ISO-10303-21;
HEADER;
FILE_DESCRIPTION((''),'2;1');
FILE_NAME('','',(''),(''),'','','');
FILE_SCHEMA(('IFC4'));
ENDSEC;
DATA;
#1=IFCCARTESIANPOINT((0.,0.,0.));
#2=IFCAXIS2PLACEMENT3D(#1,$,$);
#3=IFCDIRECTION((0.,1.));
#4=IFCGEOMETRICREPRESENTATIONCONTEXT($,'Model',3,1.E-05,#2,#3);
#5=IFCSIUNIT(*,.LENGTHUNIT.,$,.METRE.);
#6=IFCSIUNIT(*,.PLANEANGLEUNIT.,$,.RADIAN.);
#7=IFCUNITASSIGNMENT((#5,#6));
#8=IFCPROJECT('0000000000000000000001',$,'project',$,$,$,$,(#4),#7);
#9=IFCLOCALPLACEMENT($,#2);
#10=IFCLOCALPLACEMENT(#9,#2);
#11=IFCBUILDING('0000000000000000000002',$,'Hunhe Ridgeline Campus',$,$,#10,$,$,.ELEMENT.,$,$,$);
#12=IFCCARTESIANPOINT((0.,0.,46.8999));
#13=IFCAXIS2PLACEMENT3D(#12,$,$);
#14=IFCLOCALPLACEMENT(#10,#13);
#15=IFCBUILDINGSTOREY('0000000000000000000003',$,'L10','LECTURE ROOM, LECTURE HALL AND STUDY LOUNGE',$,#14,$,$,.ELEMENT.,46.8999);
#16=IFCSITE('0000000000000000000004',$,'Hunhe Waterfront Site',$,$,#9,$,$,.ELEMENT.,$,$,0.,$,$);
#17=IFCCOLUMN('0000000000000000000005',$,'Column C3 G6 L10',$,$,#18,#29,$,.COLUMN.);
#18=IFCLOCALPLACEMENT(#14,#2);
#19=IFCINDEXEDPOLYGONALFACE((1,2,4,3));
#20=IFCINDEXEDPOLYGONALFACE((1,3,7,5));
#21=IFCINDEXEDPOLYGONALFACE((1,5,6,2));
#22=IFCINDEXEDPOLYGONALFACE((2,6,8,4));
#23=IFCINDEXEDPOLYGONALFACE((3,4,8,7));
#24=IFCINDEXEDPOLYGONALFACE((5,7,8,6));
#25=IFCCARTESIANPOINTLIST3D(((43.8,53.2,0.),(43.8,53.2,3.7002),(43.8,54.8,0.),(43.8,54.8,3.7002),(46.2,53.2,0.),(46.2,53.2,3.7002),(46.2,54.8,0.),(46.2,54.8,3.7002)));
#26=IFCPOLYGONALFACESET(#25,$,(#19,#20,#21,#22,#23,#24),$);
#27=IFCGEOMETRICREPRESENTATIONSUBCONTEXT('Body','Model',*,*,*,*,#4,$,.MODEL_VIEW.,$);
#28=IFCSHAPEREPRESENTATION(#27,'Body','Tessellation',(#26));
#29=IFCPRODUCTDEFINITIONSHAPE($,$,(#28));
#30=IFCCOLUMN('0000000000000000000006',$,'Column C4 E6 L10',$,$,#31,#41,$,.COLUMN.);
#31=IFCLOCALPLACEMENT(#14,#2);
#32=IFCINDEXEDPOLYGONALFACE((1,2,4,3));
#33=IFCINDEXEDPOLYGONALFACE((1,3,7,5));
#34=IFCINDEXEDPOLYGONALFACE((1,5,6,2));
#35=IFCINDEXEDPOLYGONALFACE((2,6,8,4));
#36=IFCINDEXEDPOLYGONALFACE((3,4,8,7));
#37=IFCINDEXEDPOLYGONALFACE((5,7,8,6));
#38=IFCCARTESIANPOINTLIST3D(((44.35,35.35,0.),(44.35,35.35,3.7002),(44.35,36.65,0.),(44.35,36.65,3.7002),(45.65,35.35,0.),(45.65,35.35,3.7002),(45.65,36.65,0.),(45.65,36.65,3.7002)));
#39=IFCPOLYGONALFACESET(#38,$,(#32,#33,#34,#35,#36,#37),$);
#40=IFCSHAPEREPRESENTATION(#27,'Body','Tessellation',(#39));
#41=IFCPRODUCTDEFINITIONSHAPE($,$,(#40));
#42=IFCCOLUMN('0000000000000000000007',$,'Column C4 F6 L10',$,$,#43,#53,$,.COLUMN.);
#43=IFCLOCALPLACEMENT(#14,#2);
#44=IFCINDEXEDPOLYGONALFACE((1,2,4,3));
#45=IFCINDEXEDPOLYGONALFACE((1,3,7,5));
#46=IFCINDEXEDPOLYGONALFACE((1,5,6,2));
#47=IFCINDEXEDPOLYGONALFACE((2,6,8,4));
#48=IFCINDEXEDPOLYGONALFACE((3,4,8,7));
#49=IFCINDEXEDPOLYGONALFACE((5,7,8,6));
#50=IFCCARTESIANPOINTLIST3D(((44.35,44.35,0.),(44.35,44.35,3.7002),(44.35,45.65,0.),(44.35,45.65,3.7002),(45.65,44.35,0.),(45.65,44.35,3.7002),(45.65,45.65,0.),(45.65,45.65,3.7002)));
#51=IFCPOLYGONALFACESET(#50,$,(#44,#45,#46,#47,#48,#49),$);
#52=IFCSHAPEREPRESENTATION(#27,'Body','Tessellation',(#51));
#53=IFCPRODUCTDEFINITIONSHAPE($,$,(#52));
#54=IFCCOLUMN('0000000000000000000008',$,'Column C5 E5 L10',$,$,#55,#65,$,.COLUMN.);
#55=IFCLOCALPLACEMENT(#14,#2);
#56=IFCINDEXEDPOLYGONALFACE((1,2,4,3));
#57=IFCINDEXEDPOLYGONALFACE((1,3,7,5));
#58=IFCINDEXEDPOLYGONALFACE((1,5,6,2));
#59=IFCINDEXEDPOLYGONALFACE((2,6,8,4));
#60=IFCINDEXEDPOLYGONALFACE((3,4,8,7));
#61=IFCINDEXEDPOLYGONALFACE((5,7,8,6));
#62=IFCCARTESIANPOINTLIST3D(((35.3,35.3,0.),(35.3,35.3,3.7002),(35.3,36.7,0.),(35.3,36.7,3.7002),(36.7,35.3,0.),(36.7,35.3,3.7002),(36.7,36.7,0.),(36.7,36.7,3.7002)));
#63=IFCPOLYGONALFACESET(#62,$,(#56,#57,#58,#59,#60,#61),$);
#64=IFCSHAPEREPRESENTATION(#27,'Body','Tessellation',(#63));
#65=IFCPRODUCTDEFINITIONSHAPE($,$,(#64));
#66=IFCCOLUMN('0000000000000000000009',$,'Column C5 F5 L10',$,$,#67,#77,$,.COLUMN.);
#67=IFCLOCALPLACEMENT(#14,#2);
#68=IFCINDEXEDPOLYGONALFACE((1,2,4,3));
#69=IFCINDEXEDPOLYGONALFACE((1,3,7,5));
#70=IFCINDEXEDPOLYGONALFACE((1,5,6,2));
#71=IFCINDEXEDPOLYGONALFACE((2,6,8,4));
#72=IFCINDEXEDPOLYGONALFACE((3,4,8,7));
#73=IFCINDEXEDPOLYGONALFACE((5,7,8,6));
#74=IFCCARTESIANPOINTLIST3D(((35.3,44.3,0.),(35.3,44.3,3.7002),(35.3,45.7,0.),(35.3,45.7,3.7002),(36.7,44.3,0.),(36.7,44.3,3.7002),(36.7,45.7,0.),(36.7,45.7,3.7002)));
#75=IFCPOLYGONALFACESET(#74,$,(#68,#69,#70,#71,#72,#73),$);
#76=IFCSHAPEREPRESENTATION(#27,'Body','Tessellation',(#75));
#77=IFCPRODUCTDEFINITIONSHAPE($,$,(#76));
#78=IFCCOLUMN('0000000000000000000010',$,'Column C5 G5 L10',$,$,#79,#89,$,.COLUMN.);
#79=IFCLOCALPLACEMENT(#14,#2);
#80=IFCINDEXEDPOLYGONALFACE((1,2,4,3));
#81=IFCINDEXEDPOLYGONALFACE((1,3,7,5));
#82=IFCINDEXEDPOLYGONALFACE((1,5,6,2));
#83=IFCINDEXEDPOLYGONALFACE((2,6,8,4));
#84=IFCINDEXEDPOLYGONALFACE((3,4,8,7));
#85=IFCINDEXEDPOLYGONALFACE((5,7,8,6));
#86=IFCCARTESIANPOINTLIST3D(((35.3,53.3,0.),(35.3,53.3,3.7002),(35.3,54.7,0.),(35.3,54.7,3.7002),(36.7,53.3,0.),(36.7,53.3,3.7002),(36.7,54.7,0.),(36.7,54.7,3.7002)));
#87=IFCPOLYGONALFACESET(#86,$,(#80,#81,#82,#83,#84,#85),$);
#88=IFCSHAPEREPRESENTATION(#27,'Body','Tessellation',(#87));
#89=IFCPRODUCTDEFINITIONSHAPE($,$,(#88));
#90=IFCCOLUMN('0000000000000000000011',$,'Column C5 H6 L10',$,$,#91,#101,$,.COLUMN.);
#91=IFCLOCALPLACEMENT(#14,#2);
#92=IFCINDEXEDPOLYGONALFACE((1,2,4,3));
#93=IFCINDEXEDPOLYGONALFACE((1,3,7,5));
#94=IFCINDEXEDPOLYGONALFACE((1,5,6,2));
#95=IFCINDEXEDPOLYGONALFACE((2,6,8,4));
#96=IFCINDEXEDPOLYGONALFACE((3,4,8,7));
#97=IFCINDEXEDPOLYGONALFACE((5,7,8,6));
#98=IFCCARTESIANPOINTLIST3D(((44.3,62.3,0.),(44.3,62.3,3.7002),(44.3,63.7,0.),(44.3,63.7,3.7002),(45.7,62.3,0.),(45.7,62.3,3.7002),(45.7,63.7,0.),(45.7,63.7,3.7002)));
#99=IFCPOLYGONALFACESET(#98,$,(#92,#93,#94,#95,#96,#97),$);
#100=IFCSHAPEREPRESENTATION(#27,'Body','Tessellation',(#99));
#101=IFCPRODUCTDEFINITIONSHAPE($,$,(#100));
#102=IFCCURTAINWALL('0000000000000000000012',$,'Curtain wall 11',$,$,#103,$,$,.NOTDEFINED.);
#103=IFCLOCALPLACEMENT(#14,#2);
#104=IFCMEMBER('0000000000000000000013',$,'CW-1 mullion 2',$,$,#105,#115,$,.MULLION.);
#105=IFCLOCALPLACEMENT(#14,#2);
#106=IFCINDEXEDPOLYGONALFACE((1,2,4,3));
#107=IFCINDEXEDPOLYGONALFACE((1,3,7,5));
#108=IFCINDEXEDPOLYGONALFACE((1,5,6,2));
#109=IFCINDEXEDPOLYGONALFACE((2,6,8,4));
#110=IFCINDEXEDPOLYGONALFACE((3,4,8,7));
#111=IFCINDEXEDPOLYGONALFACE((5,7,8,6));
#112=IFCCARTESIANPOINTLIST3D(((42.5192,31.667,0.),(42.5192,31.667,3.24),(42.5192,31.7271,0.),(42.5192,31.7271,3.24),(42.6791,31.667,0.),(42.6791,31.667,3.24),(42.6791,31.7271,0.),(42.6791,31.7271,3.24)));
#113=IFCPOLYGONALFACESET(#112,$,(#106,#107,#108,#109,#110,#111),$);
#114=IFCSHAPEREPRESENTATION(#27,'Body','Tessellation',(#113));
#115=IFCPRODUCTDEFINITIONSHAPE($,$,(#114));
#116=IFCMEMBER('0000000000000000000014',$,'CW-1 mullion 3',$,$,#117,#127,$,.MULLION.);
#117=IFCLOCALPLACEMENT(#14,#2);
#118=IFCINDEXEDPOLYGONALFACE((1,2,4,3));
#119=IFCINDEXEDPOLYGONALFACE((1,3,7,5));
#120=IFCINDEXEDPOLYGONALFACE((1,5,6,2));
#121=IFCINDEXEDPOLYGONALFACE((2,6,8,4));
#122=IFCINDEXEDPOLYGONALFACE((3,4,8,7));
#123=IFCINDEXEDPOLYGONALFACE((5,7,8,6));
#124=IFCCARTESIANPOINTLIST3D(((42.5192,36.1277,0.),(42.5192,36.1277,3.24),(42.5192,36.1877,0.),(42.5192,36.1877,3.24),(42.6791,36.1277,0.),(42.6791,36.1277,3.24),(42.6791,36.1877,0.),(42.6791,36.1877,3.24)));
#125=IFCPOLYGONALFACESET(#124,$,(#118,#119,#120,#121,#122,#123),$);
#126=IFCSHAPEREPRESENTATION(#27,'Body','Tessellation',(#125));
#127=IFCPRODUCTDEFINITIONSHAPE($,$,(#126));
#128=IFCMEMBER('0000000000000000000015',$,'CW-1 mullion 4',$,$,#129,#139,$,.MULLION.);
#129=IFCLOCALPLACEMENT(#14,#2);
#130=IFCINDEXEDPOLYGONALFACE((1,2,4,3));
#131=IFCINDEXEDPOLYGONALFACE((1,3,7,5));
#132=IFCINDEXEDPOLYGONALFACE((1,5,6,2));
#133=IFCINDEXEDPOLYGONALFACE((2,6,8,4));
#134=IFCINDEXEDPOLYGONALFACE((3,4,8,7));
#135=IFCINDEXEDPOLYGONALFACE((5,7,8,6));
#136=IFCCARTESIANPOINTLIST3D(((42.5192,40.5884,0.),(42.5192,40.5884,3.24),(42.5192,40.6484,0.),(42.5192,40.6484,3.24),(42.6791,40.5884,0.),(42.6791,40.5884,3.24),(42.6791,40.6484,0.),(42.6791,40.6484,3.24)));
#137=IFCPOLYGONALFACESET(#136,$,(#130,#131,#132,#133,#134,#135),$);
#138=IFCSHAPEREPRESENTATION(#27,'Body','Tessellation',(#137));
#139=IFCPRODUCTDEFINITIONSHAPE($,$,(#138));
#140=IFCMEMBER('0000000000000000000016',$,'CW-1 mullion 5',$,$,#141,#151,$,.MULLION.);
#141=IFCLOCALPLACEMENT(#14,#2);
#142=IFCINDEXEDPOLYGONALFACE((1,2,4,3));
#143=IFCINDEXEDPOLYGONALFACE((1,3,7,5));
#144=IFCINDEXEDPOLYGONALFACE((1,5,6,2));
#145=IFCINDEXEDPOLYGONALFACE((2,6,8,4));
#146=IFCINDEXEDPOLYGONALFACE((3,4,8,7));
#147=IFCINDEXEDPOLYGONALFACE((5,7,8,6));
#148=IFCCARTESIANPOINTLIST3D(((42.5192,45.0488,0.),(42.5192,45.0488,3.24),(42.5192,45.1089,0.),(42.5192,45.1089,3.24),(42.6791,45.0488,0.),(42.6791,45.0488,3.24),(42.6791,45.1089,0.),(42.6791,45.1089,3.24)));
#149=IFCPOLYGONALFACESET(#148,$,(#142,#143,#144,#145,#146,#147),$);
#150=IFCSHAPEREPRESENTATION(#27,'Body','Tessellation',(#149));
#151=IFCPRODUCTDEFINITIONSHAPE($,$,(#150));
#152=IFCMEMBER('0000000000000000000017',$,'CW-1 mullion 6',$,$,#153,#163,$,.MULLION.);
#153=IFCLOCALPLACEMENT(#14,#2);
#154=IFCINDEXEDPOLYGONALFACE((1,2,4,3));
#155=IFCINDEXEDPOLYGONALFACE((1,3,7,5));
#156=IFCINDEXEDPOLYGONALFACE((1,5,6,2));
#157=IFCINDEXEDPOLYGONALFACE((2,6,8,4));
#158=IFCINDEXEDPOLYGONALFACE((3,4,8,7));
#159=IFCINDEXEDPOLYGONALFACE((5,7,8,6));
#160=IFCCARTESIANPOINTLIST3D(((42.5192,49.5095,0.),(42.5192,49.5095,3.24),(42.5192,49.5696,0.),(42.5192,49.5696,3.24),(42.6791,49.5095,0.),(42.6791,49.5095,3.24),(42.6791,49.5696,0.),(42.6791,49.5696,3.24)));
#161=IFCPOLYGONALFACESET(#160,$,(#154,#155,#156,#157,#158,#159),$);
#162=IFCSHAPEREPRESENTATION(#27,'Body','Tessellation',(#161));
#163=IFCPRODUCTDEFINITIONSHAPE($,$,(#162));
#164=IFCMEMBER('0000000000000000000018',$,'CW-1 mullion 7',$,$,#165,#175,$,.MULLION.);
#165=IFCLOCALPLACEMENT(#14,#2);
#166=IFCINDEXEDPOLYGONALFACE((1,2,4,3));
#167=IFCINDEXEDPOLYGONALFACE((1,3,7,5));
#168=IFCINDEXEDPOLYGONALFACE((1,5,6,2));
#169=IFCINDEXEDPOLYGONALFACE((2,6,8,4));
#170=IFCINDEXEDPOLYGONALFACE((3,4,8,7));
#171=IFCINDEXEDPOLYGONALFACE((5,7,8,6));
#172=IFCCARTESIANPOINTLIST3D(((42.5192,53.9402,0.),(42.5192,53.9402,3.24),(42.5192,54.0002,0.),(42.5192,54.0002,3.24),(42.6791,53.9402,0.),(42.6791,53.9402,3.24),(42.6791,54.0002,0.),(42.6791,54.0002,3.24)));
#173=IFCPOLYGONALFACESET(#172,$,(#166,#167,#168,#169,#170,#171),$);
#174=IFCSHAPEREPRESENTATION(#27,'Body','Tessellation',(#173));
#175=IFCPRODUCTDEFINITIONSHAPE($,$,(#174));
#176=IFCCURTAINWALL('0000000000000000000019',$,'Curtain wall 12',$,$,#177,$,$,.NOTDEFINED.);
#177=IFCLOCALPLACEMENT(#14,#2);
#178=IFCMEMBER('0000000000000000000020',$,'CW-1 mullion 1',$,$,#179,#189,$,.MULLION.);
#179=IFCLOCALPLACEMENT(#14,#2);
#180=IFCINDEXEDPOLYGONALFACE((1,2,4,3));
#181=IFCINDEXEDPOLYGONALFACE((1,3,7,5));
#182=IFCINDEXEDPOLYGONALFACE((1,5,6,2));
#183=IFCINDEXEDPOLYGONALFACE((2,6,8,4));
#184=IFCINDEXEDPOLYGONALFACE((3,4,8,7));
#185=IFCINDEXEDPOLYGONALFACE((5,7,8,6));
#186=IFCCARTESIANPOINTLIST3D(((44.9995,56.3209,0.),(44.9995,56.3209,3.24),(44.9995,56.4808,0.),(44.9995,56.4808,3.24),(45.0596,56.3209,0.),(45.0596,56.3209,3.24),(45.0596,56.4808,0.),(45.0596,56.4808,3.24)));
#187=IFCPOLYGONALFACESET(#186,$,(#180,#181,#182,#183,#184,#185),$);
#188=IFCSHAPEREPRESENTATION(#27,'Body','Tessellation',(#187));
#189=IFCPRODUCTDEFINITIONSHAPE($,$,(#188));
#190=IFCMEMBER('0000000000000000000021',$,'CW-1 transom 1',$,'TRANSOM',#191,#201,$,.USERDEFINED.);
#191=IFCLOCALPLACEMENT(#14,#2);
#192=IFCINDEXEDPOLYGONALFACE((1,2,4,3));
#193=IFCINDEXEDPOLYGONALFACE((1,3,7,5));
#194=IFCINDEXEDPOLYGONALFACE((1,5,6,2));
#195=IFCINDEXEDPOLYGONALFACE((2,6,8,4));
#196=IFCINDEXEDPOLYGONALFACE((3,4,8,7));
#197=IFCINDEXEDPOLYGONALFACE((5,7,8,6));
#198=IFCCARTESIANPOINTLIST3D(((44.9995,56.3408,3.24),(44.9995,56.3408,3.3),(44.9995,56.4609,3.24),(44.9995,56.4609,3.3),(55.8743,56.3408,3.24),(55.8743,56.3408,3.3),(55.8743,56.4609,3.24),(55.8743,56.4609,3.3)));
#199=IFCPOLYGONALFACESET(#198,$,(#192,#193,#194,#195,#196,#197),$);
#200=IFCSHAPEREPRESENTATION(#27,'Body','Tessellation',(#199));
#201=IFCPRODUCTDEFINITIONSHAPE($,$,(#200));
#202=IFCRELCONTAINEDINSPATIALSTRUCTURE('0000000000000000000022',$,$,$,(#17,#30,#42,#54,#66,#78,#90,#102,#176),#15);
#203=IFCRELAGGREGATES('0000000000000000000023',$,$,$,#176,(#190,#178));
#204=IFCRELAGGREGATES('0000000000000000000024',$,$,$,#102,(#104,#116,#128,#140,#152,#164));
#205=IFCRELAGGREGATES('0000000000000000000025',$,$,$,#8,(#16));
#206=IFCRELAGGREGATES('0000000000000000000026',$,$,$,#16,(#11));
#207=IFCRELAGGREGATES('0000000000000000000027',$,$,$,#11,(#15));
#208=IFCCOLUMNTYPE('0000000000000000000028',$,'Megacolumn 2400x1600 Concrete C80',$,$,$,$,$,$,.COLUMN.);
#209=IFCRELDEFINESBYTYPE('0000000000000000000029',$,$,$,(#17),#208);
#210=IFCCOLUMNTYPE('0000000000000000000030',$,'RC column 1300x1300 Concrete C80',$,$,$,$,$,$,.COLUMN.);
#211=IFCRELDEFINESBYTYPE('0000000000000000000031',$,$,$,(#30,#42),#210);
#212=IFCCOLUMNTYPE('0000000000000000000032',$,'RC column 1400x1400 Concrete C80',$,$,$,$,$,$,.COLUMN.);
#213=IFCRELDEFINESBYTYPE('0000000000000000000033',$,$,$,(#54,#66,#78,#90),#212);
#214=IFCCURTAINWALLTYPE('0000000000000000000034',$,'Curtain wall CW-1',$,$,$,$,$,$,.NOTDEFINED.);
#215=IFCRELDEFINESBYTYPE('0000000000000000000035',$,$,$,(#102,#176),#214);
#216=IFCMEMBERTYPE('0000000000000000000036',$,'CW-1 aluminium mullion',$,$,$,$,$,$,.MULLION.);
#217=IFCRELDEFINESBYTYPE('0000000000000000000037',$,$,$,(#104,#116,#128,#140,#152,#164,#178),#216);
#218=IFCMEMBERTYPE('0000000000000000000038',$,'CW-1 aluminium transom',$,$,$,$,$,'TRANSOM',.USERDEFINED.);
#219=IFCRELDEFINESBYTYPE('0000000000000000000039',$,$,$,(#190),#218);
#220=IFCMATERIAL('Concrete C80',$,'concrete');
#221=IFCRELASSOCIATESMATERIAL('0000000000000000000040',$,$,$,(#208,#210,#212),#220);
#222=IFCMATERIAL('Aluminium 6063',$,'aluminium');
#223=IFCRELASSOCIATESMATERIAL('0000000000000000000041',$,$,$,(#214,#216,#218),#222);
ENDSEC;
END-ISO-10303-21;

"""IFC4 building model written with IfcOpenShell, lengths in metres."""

from ifc_helpers import new_model, si_unit, direction, frame, origin, origin_2d, place, context, subcontext, project, spatial, rectangle, extrude, material, material_profile, profile_set, type_object, element, aggregate, save


model = new_model("IFC4")

# Units and contexts
model_context = context("Model", 3, precision=1e-05, world=origin(), true_north=direction((0.0, 1.0)))
body_context = subcontext(model_context, "Body", "Model", "MODEL_VIEW")
ifc_project = project(units=[si_unit("LENGTHUNIT", "METRE"), si_unit("PLANEANGLEUNIT", "RADIAN")], contexts=[model_context])

# Site, building, storey
site_placement = place(None, origin())
site = spatial("IfcSite", under=ifc_project, at=site_placement, Name="Hunhe Waterfront Site", CompositionType="ELEMENT", RefElevation=0.0)
building_placement = place(site_placement, origin())
building = spatial("IfcBuilding", under=site, at=building_placement, Name="Hunhe Ridgeline Campus", CompositionType="ELEMENT")
storey_placement = place(building_placement, frame((0.0, 0.0, 46.8999)))
storey = spatial("IfcBuildingStorey", under=building, at=storey_placement, Name="L10", Description="LECTURE ROOM, LECTURE HALL AND STUDY LOUNGE", CompositionType="ELEMENT", Elevation=46.8999)

# Columns
ifc_material_1 = material(Name="Concrete C80", Category="concrete")
ifc_material_profile_1 = material_profile(ifc_material_1, rectangle(XDim=2.3999, YDim=1.6001, at=origin_2d()))
ifc_profile_set_1 = profile_set([ifc_material_profile_1], Name="Concrete C80")
column_type_1 = type_object("IfcColumnType", Name="Megacolumn 2400x1600 Concrete C80", PredefinedType="COLUMN", material=ifc_profile_set_1)
column_placement = place(storey_placement, frame((45.0, 54.0, 0.0), z_axis=(0.0, 0.0, 1.0), x_axis=(1.0, 0.0, 0.0)))
element("IfcColumn", 1, at=column_placement, inside=storey, type_object=column_type_1, Name="Column C3 G6 L10", PredefinedType="COLUMN", context=body_context, shape_type="SweptSolid", body=[
    extrude(rectangle(XDim=2.3999, YDim=1.6001, at=origin_2d()), origin(), (0.0, 0.0, 1.0), 3.7002),
])
ifc_material_profile_2 = material_profile(ifc_material_1, rectangle(XDim=1.3, YDim=1.3, at=origin_2d()))
ifc_profile_set_2 = profile_set([ifc_material_profile_2], Name="Concrete C80")
column_type_2 = type_object("IfcColumnType", Name="RC column 1300x1300 Concrete C80", PredefinedType="COLUMN", material=ifc_profile_set_2)
for number, where, z_axis, x_axis, name in (
    (2, (45.0, 36.0, 0.0), (0.0, 0.0, 1.0), (1.0, 0.0, 0.0), "Column C4 E6 L10"),
    (3, (45.0, 45.0, 0.0), (0.0, 0.0, 1.0), (1.0, 0.0, 0.0), "Column C4 F6 L10"),
):
    element("IfcColumn", number, at=place(storey_placement, frame(where, z_axis=z_axis, x_axis=x_axis)), inside=storey, type_object=column_type_2, Name=name, PredefinedType="COLUMN", context=body_context, shape_type="SweptSolid", body=[
        extrude(rectangle(XDim=1.3, YDim=1.3, at=origin_2d()), origin(), (0.0, 0.0, 1.0), 3.7002),
    ])
ifc_material_profile_3 = material_profile(ifc_material_1, rectangle(XDim=1.3999, YDim=1.3999, at=origin_2d()))
ifc_profile_set_3 = profile_set([ifc_material_profile_3], Name="Concrete C80")
column_type_3 = type_object("IfcColumnType", Name="RC column 1400x1400 Concrete C80", PredefinedType="COLUMN", material=ifc_profile_set_3)
for number, where, z_axis, x_axis, name in (
    (4, (36.0, 36.0, 0.0), (0.0, 0.0, 1.0), (1.0, 0.0, 0.0), "Column C5 E5 L10"),
    (5, (36.0, 45.0, 0.0), (0.0, 0.0, 1.0), (1.0, 0.0, 0.0), "Column C5 F5 L10"),
    (6, (36.0, 54.0, 0.0), (0.0, 0.0, 1.0), (1.0, 0.0, 0.0), "Column C5 G5 L10"),
    (7, (45.0, 63.0, 0.0), (0.0, 0.0, 1.0), (1.0, 0.0, 0.0), "Column C5 H6 L10"),
):
    element("IfcColumn", number, at=place(storey_placement, frame(where, z_axis=z_axis, x_axis=x_axis)), inside=storey, type_object=column_type_3, Name=name, PredefinedType="COLUMN", context=body_context, shape_type="SweptSolid", body=[
        extrude(rectangle(XDim=1.3999, YDim=1.3999, at=origin_2d()), origin(), (0.0, 0.0, 1.0), 3.7002),
    ])

# Curtain walls, members
ifc_material_2 = material(Name="Aluminium 6063", Category="aluminium")
curtain_wall_type = type_object("IfcCurtainWallType", Name="Curtain wall CW-1", PredefinedType="NOTDEFINED", material=ifc_material_2)
curtain_wall_1_placement = place(storey_placement, origin())
curtain_wall_1 = element("IfcCurtainWall", 8, at=curtain_wall_1_placement, inside=storey, type_object=curtain_wall_type, Name="Curtain wall 11", PredefinedType="NOTDEFINED")
ifc_material_profile_4 = material_profile(ifc_material_2, rectangle(XDim=0.1599, YDim=0.0601, at=origin_2d()))
ifc_profile_set_4 = profile_set([ifc_material_profile_4], Name="Aluminium 6063")
member_type_1 = type_object("IfcMemberType", Name="CW-1 aluminium mullion", PredefinedType="MULLION", material=ifc_profile_set_4)
member_1_placement = place(storey_placement, frame((42.5991, 31.697, 0.0), z_axis=(0.0, 0.0, 1.0), x_axis=(-1.0, 0.0, 0.0)))
member_1 = element("IfcMember", 9, at=member_1_placement, type_object=member_type_1, Name="CW-1 mullion 2", PredefinedType="MULLION", context=body_context, shape_type="SweptSolid", body=[
    extrude(rectangle(XDim=0.1599, YDim=0.0601, at=origin_2d()), origin(), (0.0, 0.0, 1.0), 3.24),
])
member_2_placement = place(storey_placement, frame((42.5991, 36.1577, 0.0), z_axis=(0.0, 0.0, 1.0), x_axis=(-1.0, 0.0, 0.0)))
member_2 = element("IfcMember", 10, at=member_2_placement, type_object=member_type_1, Name="CW-1 mullion 3", PredefinedType="MULLION", context=body_context, shape_type="SweptSolid", body=[
    extrude(rectangle(XDim=0.1599, YDim=0.0601, at=origin_2d()), origin(), (0.0, 0.0, 1.0), 3.24),
])
member_3_placement = place(storey_placement, frame((42.5991, 40.6184, 0.0), z_axis=(0.0, 0.0, 1.0), x_axis=(-1.0, 0.0, 0.0)))
member_3 = element("IfcMember", 11, at=member_3_placement, type_object=member_type_1, Name="CW-1 mullion 4", PredefinedType="MULLION", context=body_context, shape_type="SweptSolid", body=[
    extrude(rectangle(XDim=0.1599, YDim=0.0601, at=origin_2d()), origin(), (0.0, 0.0, 1.0), 3.24),
])
member_4_placement = place(storey_placement, frame((42.5991, 45.0789, 0.0), z_axis=(0.0, 0.0, 1.0), x_axis=(-1.0, 0.0, 0.0)))
member_4 = element("IfcMember", 12, at=member_4_placement, type_object=member_type_1, Name="CW-1 mullion 5", PredefinedType="MULLION", context=body_context, shape_type="SweptSolid", body=[
    extrude(rectangle(XDim=0.1599, YDim=0.0601, at=origin_2d()), origin(), (0.0, 0.0, 1.0), 3.24),
])
member_5_placement = place(storey_placement, frame((42.5991, 49.5396, 0.0), z_axis=(0.0, 0.0, 1.0), x_axis=(-1.0, 0.0, 0.0)))
member_5 = element("IfcMember", 13, at=member_5_placement, type_object=member_type_1, Name="CW-1 mullion 6", PredefinedType="MULLION", context=body_context, shape_type="SweptSolid", body=[
    extrude(rectangle(XDim=0.1599, YDim=0.0601, at=origin_2d()), origin(), (0.0, 0.0, 1.0), 3.24),
])
member_6_placement = place(storey_placement, frame((42.5991, 53.9702, 0.0), z_axis=(0.0, 0.0, 1.0), x_axis=(-1.0, 0.0, 0.0)))
member_6 = element("IfcMember", 14, at=member_6_placement, type_object=member_type_1, Name="CW-1 mullion 7", PredefinedType="MULLION", context=body_context, shape_type="SweptSolid", body=[
    extrude(rectangle(XDim=0.1599, YDim=0.0601, at=origin_2d()), origin(), (0.0, 0.0, 1.0), 3.24),
])
curtain_wall_2_placement = place(storey_placement, origin())
curtain_wall_2 = element("IfcCurtainWall", 15, at=curtain_wall_2_placement, inside=storey, type_object=curtain_wall_type, Name="Curtain wall 12", PredefinedType="NOTDEFINED")
member_7_placement = place(storey_placement, frame((45.0295, 56.4009, 0.0), z_axis=(0.0, 0.0, 1.0), x_axis=(-0.000004, 1.0, 0.0)))
member_7 = element("IfcMember", 16, at=member_7_placement, type_object=member_type_1, Name="CW-1 mullion 1", PredefinedType="MULLION", context=body_context, shape_type="SweptSolid", body=[
    extrude(rectangle(XDim=0.1599, YDim=0.0601, at=origin_2d()), origin(), (0.0, 0.0, 1.0), 3.24),
])
ifc_material_profile_5 = material_profile(ifc_material_2, rectangle(XDim=0.1201, YDim=0.0601, at=origin_2d()))
ifc_profile_set_5 = profile_set([ifc_material_profile_5], Name="Aluminium 6063")
member_type_2 = type_object("IfcMemberType", Name="CW-1 aluminium transom", ElementType="TRANSOM", PredefinedType="USERDEFINED", material=ifc_profile_set_5)
member_8_placement = place(storey_placement, frame((44.9995, 56.4009, 3.27), z_axis=(1.0, 0.0, 0.0), x_axis=(0.0, 1.0, 0.0)))
member_8 = element("IfcMember", 17, at=member_8_placement, type_object=member_type_2, Name="CW-1 transom 1", ObjectType="TRANSOM", PredefinedType="USERDEFINED", context=body_context, shape_type="SweptSolid", body=[
    extrude(rectangle(XDim=0.1201, YDim=0.0601, at=origin_2d()), origin(), (0.0, 0.0, 1.0), 10.8748),
])
aggregate(curtain_wall_2, [member_8, member_7])

aggregate(curtain_wall_1, [member_1, member_2, member_3, member_4, member_5, member_6])

save(model, "model.ifc")
